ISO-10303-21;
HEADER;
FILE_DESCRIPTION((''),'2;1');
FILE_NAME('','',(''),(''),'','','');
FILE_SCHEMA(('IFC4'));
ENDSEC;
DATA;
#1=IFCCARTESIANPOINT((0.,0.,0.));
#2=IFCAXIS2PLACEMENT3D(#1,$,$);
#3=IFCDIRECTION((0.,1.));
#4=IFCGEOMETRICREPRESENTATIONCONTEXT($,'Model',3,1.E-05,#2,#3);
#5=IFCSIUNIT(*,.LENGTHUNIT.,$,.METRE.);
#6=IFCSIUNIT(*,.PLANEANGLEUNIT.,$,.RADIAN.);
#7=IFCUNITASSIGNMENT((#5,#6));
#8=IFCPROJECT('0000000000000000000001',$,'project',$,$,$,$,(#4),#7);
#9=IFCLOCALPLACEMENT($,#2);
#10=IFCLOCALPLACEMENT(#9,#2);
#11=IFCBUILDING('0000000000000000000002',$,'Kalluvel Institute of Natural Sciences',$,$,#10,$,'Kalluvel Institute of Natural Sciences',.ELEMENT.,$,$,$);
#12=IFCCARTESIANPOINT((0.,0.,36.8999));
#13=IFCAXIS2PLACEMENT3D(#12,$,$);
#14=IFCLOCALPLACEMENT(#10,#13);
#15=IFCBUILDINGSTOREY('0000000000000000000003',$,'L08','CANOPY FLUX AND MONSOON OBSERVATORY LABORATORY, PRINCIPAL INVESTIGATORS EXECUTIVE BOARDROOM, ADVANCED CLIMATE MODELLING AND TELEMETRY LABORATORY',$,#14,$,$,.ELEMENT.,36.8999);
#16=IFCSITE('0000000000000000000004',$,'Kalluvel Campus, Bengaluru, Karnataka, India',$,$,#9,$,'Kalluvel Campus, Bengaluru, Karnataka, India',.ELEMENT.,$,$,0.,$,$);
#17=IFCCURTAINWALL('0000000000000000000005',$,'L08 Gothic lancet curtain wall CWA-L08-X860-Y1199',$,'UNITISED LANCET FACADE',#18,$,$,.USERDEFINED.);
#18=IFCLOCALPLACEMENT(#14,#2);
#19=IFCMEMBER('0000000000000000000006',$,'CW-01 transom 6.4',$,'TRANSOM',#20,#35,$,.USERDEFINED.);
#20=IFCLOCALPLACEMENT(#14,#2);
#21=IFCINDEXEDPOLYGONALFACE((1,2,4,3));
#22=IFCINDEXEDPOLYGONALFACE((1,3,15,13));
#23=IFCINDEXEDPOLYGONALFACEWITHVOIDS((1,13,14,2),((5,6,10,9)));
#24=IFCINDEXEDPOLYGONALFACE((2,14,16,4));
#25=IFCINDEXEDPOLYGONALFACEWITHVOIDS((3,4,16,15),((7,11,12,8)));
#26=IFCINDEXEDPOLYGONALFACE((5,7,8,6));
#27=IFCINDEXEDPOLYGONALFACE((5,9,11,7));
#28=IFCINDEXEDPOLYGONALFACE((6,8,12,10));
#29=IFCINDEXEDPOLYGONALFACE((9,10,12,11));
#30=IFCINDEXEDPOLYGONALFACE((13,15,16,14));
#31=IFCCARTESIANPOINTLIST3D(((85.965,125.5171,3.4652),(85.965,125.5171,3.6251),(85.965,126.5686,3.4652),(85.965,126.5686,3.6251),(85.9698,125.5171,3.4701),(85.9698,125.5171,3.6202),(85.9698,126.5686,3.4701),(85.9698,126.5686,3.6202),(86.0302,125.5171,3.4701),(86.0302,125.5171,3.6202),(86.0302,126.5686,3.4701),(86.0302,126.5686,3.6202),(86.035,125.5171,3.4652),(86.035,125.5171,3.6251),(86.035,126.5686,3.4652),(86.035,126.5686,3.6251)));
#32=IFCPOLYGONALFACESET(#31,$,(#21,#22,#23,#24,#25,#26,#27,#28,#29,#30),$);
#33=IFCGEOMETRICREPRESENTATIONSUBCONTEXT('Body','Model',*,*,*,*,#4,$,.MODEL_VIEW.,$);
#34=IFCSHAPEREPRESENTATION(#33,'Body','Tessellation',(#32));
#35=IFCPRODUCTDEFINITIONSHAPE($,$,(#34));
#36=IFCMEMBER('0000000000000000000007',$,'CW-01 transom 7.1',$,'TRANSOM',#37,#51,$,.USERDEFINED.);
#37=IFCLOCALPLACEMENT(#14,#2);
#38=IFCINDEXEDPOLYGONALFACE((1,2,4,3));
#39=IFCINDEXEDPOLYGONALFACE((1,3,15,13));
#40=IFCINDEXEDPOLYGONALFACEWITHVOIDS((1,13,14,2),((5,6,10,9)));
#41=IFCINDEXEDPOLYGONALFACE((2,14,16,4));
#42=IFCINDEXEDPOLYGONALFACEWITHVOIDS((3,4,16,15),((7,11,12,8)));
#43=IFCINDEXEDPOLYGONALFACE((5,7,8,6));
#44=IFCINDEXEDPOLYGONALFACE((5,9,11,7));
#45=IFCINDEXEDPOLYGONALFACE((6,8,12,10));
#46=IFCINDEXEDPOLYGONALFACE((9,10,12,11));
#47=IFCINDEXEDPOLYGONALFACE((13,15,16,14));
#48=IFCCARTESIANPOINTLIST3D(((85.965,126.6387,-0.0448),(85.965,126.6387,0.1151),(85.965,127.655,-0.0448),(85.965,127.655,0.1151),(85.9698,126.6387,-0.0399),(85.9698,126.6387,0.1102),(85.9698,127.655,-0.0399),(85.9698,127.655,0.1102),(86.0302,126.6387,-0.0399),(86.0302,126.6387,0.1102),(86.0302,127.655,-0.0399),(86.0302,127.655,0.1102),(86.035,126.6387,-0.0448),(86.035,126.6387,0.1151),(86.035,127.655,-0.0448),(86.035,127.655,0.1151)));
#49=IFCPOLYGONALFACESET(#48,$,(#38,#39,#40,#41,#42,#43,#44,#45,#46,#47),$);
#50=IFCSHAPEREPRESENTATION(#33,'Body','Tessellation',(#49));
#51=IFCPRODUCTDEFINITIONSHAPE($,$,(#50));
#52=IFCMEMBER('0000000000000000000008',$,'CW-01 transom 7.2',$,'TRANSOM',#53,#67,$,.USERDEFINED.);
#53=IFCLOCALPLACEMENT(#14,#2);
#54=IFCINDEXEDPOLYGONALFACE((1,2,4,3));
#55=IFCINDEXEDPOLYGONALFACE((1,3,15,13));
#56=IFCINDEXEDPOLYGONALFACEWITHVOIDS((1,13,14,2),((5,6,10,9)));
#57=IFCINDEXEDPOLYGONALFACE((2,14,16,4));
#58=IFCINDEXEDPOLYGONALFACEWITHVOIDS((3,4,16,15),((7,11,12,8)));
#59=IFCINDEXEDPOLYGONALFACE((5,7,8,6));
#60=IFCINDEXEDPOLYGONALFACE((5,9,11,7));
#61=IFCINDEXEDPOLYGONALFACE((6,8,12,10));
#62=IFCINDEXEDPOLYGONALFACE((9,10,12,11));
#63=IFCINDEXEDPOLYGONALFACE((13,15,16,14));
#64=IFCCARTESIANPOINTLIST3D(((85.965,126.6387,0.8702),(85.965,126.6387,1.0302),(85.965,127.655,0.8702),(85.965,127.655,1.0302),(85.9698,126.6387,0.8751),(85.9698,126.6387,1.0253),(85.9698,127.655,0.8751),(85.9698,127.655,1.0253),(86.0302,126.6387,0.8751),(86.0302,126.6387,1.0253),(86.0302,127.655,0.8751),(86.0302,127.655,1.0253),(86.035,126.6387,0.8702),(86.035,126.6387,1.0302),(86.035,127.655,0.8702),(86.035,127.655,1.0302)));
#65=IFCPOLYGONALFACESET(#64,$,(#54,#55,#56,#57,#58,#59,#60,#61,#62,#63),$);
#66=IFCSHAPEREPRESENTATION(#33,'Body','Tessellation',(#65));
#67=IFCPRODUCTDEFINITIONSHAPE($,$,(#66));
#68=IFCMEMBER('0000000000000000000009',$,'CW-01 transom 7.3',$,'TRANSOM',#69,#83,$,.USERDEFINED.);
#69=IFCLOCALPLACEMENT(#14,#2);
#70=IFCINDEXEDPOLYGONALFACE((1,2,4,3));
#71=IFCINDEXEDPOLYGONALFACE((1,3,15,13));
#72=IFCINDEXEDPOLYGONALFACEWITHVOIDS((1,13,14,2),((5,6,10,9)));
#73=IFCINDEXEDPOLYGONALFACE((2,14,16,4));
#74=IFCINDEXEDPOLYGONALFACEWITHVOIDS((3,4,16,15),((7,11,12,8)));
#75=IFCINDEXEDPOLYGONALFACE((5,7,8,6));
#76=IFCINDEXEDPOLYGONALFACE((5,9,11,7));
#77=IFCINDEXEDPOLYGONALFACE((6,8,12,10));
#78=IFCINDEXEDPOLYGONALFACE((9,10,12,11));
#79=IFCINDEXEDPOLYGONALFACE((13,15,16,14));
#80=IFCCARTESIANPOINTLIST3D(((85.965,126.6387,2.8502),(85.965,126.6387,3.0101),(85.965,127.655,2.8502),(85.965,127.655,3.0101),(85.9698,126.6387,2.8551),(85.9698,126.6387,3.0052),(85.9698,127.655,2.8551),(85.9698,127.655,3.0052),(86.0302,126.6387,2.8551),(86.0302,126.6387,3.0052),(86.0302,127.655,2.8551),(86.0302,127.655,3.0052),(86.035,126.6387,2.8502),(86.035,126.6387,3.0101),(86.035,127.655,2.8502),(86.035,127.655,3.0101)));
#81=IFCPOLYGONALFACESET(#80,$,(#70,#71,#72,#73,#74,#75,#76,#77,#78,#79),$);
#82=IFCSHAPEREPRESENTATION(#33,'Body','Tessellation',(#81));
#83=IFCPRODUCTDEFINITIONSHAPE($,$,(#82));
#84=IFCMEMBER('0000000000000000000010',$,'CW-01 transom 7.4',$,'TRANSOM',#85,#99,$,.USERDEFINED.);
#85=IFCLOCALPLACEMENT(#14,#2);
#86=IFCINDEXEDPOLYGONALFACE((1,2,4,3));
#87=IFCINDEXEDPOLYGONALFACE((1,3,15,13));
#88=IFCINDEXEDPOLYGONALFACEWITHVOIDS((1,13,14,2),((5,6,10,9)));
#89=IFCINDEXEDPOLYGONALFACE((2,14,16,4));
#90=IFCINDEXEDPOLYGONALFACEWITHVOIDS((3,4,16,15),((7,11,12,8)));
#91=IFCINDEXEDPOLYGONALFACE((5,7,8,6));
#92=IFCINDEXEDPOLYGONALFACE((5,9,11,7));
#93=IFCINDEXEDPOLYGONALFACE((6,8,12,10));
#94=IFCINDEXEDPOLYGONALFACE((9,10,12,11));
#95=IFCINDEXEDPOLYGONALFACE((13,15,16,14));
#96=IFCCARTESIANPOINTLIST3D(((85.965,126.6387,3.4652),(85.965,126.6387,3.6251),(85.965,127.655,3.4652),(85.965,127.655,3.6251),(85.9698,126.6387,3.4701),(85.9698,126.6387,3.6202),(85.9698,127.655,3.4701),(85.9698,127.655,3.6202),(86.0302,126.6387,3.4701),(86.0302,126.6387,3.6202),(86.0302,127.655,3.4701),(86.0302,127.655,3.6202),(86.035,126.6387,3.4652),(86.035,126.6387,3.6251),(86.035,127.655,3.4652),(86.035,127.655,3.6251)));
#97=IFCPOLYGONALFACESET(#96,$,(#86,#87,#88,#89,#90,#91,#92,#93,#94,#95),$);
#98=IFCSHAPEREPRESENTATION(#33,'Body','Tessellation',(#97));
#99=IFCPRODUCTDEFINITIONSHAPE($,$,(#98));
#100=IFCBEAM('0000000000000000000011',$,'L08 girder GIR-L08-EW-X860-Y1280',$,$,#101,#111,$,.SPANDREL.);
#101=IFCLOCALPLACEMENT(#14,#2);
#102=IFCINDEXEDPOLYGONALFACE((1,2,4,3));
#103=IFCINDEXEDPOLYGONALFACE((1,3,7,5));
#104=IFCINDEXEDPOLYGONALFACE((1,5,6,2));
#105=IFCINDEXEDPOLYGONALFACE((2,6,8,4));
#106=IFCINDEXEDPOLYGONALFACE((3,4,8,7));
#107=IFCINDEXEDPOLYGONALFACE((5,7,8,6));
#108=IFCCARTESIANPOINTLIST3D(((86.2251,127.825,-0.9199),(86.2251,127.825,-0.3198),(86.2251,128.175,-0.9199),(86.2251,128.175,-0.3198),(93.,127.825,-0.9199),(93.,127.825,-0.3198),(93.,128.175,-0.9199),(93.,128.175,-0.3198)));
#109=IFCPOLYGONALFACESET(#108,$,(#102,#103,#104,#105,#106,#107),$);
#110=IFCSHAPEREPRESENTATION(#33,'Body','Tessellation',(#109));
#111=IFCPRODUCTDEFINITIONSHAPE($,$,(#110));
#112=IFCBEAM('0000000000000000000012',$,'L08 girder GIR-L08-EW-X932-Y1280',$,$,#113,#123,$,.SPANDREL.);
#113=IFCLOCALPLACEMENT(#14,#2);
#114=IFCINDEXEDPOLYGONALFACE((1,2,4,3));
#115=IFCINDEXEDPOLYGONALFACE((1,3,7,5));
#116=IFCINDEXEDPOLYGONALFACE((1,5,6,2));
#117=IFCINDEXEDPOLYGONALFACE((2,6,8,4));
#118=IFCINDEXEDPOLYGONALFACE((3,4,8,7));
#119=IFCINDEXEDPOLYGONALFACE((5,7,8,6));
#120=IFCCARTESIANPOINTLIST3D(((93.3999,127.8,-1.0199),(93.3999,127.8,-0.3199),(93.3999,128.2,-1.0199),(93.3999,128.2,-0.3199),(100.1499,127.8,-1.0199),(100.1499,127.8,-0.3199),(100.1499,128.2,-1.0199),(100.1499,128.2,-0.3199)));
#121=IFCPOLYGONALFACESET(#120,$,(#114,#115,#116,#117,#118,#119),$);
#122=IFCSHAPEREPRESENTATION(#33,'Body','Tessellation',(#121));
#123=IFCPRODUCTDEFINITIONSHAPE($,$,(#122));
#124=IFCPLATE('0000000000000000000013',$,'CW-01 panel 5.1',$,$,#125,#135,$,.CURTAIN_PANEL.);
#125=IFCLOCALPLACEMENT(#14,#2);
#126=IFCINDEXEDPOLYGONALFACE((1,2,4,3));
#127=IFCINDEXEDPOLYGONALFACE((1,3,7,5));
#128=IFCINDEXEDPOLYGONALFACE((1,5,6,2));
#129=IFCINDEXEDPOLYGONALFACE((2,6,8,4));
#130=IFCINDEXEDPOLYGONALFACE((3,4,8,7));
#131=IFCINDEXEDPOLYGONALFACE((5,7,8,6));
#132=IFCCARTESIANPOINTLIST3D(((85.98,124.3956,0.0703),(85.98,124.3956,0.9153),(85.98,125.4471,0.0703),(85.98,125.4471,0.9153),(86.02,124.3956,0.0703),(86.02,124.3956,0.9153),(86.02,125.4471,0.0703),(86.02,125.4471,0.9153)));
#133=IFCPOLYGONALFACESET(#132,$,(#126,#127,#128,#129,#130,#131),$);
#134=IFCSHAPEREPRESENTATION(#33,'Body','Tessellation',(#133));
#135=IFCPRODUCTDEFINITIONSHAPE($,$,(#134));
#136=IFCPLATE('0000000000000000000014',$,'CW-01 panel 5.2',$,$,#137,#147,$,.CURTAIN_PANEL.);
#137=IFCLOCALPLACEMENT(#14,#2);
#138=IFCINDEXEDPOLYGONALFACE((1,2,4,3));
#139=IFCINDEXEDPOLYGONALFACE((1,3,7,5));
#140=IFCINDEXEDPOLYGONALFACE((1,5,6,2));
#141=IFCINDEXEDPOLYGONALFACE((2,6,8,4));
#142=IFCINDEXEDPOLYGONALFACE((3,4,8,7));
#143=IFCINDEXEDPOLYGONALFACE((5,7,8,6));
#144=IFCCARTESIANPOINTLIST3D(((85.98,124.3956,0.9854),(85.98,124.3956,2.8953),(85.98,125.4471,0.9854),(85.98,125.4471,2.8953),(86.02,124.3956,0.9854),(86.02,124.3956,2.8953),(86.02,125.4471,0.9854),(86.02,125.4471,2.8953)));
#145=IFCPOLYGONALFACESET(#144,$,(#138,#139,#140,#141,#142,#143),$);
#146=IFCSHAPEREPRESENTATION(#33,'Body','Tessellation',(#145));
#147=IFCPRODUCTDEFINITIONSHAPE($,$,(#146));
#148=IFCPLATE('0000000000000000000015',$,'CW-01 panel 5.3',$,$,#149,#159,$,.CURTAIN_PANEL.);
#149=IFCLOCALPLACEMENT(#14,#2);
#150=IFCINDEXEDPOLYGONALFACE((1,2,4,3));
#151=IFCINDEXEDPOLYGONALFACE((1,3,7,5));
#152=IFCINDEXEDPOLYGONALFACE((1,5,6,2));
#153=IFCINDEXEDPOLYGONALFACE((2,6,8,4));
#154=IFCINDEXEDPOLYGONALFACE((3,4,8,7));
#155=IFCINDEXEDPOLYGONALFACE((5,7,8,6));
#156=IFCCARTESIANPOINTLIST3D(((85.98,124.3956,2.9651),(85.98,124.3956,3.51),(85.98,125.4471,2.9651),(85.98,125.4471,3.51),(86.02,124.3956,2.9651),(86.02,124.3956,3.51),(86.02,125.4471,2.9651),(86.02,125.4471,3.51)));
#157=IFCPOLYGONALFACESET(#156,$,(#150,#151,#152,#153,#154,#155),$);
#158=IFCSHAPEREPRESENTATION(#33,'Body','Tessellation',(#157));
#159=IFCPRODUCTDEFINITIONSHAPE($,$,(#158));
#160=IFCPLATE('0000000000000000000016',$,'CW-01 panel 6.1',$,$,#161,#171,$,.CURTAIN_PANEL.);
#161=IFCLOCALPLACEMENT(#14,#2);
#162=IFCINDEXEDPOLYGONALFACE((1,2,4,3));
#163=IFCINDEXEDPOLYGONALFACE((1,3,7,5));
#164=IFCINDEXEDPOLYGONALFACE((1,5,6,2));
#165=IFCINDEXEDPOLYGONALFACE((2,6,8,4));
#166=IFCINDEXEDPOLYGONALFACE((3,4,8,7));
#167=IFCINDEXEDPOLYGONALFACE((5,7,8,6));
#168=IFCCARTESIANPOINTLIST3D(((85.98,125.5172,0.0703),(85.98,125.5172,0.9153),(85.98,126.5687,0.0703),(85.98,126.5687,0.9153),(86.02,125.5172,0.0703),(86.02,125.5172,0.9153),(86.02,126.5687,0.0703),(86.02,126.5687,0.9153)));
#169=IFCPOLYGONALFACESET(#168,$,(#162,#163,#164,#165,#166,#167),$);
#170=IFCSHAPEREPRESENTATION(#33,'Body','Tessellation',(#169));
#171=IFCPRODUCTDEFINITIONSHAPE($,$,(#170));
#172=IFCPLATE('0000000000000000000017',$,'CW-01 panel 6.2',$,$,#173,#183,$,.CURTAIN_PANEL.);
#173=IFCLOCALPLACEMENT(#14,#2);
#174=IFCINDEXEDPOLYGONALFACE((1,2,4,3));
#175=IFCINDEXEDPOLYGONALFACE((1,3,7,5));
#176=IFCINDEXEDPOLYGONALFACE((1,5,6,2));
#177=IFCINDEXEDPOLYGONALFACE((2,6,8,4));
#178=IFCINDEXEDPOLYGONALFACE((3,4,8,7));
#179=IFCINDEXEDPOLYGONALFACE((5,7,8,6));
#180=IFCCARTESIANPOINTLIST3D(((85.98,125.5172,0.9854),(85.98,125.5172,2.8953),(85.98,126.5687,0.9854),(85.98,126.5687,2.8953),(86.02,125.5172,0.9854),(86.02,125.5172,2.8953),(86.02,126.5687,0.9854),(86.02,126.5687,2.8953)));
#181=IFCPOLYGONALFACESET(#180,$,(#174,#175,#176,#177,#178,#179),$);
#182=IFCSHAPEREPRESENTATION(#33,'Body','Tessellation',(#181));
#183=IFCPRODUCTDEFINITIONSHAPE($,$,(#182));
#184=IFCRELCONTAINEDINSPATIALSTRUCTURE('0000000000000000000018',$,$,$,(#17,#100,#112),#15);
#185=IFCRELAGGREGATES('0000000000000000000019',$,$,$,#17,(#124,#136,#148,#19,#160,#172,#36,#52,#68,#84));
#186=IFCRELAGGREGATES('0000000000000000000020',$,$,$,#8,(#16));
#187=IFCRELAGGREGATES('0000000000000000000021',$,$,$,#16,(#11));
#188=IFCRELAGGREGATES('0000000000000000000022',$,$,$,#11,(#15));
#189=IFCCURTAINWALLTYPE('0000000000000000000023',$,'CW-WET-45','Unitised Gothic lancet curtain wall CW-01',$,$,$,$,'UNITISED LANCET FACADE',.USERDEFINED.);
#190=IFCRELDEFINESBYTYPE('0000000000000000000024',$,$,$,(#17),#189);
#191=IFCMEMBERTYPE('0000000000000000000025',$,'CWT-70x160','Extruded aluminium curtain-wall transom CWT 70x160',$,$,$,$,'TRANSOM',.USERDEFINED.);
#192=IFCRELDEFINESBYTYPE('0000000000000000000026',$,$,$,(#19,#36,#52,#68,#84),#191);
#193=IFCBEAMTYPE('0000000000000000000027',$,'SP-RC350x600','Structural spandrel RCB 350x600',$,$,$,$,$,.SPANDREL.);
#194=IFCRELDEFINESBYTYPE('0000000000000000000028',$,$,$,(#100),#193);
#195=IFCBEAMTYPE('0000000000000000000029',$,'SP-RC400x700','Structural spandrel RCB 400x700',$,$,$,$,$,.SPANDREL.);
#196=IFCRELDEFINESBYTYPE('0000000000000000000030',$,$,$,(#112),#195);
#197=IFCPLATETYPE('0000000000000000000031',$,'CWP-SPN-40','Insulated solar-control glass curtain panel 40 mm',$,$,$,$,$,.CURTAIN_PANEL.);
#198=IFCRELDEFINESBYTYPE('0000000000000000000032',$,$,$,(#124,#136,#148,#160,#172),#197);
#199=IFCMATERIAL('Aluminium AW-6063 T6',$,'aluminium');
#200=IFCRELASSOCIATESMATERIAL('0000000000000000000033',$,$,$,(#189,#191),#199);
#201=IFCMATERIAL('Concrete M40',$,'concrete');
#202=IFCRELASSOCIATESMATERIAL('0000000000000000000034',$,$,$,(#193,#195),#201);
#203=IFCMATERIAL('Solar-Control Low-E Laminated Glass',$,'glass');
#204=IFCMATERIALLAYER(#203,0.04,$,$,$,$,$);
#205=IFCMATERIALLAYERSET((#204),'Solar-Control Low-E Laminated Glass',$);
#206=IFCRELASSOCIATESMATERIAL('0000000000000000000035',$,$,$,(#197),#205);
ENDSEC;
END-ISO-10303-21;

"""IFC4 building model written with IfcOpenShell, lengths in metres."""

from ifc_helpers import new_model, si_unit, direction, frame, origin, origin_2d, place, context, subcontext, project, spatial, rectangle, hollow_rectangle, extrude, material, layer, layer_set, material_profile, profile_set, type_object, element, aggregate, save


model = new_model("IFC4")

# Units and contexts
model_context = context("Model", 3, precision=1e-05, world=origin(), true_north=direction((0.0, 1.0)))
body_context = subcontext(model_context, "Body", "Model", "MODEL_VIEW")
ifc_project = project(units=[si_unit("LENGTHUNIT", "METRE"), si_unit("PLANEANGLEUNIT", "RADIAN")], contexts=[model_context])

# Site, building, storey
site_placement = place(None, origin())
site = spatial("IfcSite", under=ifc_project, at=site_placement, Name="Kalluvel Campus, Bengaluru, Karnataka, India", LongName="Kalluvel Campus, Bengaluru, Karnataka, India", CompositionType="ELEMENT", RefElevation=0.0)
building_placement = place(site_placement, origin())
building = spatial("IfcBuilding", under=site, at=building_placement, Name="Kalluvel Institute of Natural Sciences", LongName="Kalluvel Institute of Natural Sciences", CompositionType="ELEMENT")
storey_placement = place(building_placement, frame((0.0, 0.0, 36.8999)))
storey = spatial("IfcBuildingStorey", under=building, at=storey_placement, Name="L08", Description="CANOPY FLUX AND MONSOON OBSERVATORY LABORATORY, PRINCIPAL INVESTIGATORS EXECUTIVE BOARDROOM, ADVANCED CLIMATE MODELLING AND TELEMETRY LABORATORY", CompositionType="ELEMENT", Elevation=36.8999)

# Shared definitions
ifc_material_1 = material(Name="Concrete M40", Category="concrete")

# Curtain wall, members
ifc_material_2 = material(Name="Aluminium AW-6063 T6", Category="aluminium")
curtain_wall_type = type_object("IfcCurtainWallType", Name="CW-WET-45", Description="Unitised Gothic lancet curtain wall CW-01", ElementType="UNITISED LANCET FACADE", PredefinedType="USERDEFINED", material=ifc_material_2)
curtain_wall_placement = place(storey_placement, origin())
curtain_wall = element("IfcCurtainWall", 1, at=curtain_wall_placement, inside=storey, type_object=curtain_wall_type, Name="L08 Gothic lancet curtain wall CWA-L08-X860-Y1199", ObjectType="UNITISED LANCET FACADE", PredefinedType="USERDEFINED")
ifc_material_profile_1 = material_profile(ifc_material_2, hollow_rectangle(XDim=0.0701, YDim=0.1599, WallThickness=0.0049, at=origin_2d()), Name="CWT 70x160")
ifc_profile_set_1 = profile_set([ifc_material_profile_1], Name="Aluminium AW-6063 T6")
member_type_1 = type_object("IfcMemberType", Name="CWT-70x160", Description="Extruded aluminium curtain-wall transom CWT 70x160", ElementType="TRANSOM", PredefinedType="USERDEFINED", material=ifc_profile_set_1)
member_1_placement = place(storey_placement, frame((86.0, 125.5171, 3.5452), z_axis=(0.0, 1.0, 0.0), x_axis=(-1.0, 0.0, 0.0)))
member_1 = element("IfcMember", 2, at=member_1_placement, type_object=member_type_1, Name="CW-01 transom 6.4", ObjectType="TRANSOM", PredefinedType="USERDEFINED", context=body_context, shape_type="SweptSolid", body=[
    extrude(hollow_rectangle(XDim=0.0701, YDim=0.1599, WallThickness=0.0049, at=origin_2d()), origin(), (0.0, 0.0, 1.0), 1.0515),
])
member_2_placement = place(storey_placement, frame((86.0, 126.6387, 0.0352), z_axis=(0.0, 1.0, 0.0), x_axis=(-1.0, 0.0, 0.0)))
member_2 = element("IfcMember", 3, at=member_2_placement, type_object=member_type_1, Name="CW-01 transom 7.1", ObjectType="TRANSOM", PredefinedType="USERDEFINED", context=body_context, shape_type="SweptSolid", body=[
    extrude(hollow_rectangle(XDim=0.0701, YDim=0.1599, WallThickness=0.0049, at=origin_2d()), origin(), (0.0, 0.0, 1.0), 1.0164),
])
member_3_placement = place(storey_placement, frame((86.0, 126.6387, 0.9502), z_axis=(0.0, 1.0, 0.0), x_axis=(-1.0, 0.0, 0.0)))
member_3 = element("IfcMember", 4, at=member_3_placement, type_object=member_type_1, Name="CW-01 transom 7.2", ObjectType="TRANSOM", PredefinedType="USERDEFINED", context=body_context, shape_type="SweptSolid", body=[
    extrude(hollow_rectangle(XDim=0.0701, YDim=0.1599, WallThickness=0.0049, at=origin_2d()), origin(), (0.0, 0.0, 1.0), 1.0164),
])
member_4_placement = place(storey_placement, frame((86.0, 126.6387, 2.9302), z_axis=(0.0, 1.0, 0.0), x_axis=(-1.0, 0.0, 0.0)))
member_4 = element("IfcMember", 5, at=member_4_placement, type_object=member_type_1, Name="CW-01 transom 7.3", ObjectType="TRANSOM", PredefinedType="USERDEFINED", context=body_context, shape_type="SweptSolid", body=[
    extrude(hollow_rectangle(XDim=0.0701, YDim=0.1599, WallThickness=0.0049, at=origin_2d()), origin(), (0.0, 0.0, 1.0), 1.0164),
])
member_5_placement = place(storey_placement, frame((86.0, 126.6387, 3.5452), z_axis=(0.0, 1.0, 0.0), x_axis=(-1.0, 0.0, 0.0)))
member_5 = element("IfcMember", 6, at=member_5_placement, type_object=member_type_1, Name="CW-01 transom 7.4", ObjectType="TRANSOM", PredefinedType="USERDEFINED", context=body_context, shape_type="SweptSolid", body=[
    extrude(hollow_rectangle(XDim=0.0701, YDim=0.1599, WallThickness=0.0049, at=origin_2d()), origin(), (0.0, 0.0, 1.0), 1.0164),
])

# Beams
ifc_material_profile_2 = material_profile(ifc_material_1, rectangle(XDim=0.3501, YDim=0.6001, at=origin_2d()), Name="RCB 350x600")
ifc_profile_set_2 = profile_set([ifc_material_profile_2], Name="Concrete M40")
beam_type_1 = type_object("IfcBeamType", Name="SP-RC350x600", Description="Structural spandrel RCB 350x600", PredefinedType="SPANDREL", material=ifc_profile_set_2)
beam_1_placement = place(storey_placement, frame((86.2251, 128.0, -0.6199), z_axis=(1.0, 0.0, 0.0), x_axis=(0.0, 1.0, 0.0)))
element("IfcBeam", 7, at=beam_1_placement, inside=storey, type_object=beam_type_1, Name="L08 girder GIR-L08-EW-X860-Y1280", PredefinedType="SPANDREL", context=body_context, shape_type="SweptSolid", body=[
    extrude(rectangle(XDim=0.3501, YDim=0.6001, at=origin_2d()), origin(), (0.0, 0.0, 1.0), 6.7749),
])
ifc_material_profile_3 = material_profile(ifc_material_1, rectangle(XDim=0.3999, YDim=0.7, at=origin_2d()), Name="RCB 400x700")
ifc_profile_set_3 = profile_set([ifc_material_profile_3], Name="Concrete M40")
beam_type_2 = type_object("IfcBeamType", Name="SP-RC400x700", Description="Structural spandrel RCB 400x700", PredefinedType="SPANDREL", material=ifc_profile_set_3)
beam_2_placement = place(storey_placement, frame((93.3999, 128.0, -0.6699), z_axis=(1.0, 0.0, 0.0), x_axis=(0.0, 1.0, 0.0)))
element("IfcBeam", 8, at=beam_2_placement, inside=storey, type_object=beam_type_2, Name="L08 girder GIR-L08-EW-X932-Y1280", PredefinedType="SPANDREL", context=body_context, shape_type="SweptSolid", body=[
    extrude(rectangle(XDim=0.3999, YDim=0.7, at=origin_2d()), origin(), (0.0, 0.0, 1.0), 6.75),
])

# Plates
ifc_material_3 = material(Name="Solar-Control Low-E Laminated Glass", Category="glass")
ifc_layer = layer(ifc_material_3, 0.04)
ifc_layer_set = layer_set([ifc_layer], Name="Solar-Control Low-E Laminated Glass")
plate_type = type_object("IfcPlateType", Name="CWP-SPN-40", Description="Insulated solar-control glass curtain panel 40 mm", PredefinedType="CURTAIN_PANEL", material=ifc_layer_set)
plate_1_placement = place(storey_placement, frame((86.0, 124.9214, 0.0703), z_axis=(0.0, 0.0, 1.0), x_axis=(0.0, 1.0, 0.0)))
plate_1 = element("IfcPlate", 9, at=plate_1_placement, type_object=plate_type, Name="CW-01 panel 5.1", PredefinedType="CURTAIN_PANEL", context=body_context, shape_type="SweptSolid", body=[
    extrude(rectangle(XDim=1.0515, YDim=0.04, at=origin_2d()), origin(), (0.0, 0.0, 1.0), 0.845),
])
plate_2_placement = place(storey_placement, frame((86.0, 124.9214, 0.9854), z_axis=(0.0, 0.0, 1.0), x_axis=(0.0, 1.0, 0.0)))
plate_2 = element("IfcPlate", 10, at=plate_2_placement, type_object=plate_type, Name="CW-01 panel 5.2", PredefinedType="CURTAIN_PANEL", context=body_context, shape_type="SweptSolid", body=[
    extrude(rectangle(XDim=1.0515, YDim=0.04, at=origin_2d()), origin(), (0.0, 0.0, 1.0), 1.9099),
])
plate_3_placement = place(storey_placement, frame((86.0, 124.9214, 2.9651), z_axis=(0.0, 0.0, 1.0), x_axis=(0.0, 1.0, 0.0)))
plate_3 = element("IfcPlate", 11, at=plate_3_placement, type_object=plate_type, Name="CW-01 panel 5.3", PredefinedType="CURTAIN_PANEL", context=body_context, shape_type="SweptSolid", body=[
    extrude(rectangle(XDim=1.0515, YDim=0.04, at=origin_2d()), origin(), (0.0, 0.0, 1.0), 0.5449),
])
plate_4_placement = place(storey_placement, frame((86.0, 126.043, 0.0703), z_axis=(0.0, 0.0, 1.0), x_axis=(0.0, 1.0, 0.0)))
plate_4 = element("IfcPlate", 12, at=plate_4_placement, type_object=plate_type, Name="CW-01 panel 6.1", PredefinedType="CURTAIN_PANEL", context=body_context, shape_type="SweptSolid", body=[
    extrude(rectangle(XDim=1.0515, YDim=0.04, at=origin_2d()), origin(), (0.0, 0.0, 1.0), 0.845),
])
plate_5_placement = place(storey_placement, frame((86.0, 126.043, 0.9854), z_axis=(0.0, 0.0, 1.0), x_axis=(0.0, 1.0, 0.0)))
plate_5 = element("IfcPlate", 13, at=plate_5_placement, type_object=plate_type, Name="CW-01 panel 6.2", PredefinedType="CURTAIN_PANEL", context=body_context, shape_type="SweptSolid", body=[
    extrude(rectangle(XDim=1.0515, YDim=0.04, at=origin_2d()), origin(), (0.0, 0.0, 1.0), 1.9099),
])
aggregate(curtain_wall, [plate_1, plate_2, plate_3, member_1, plate_4, plate_5, member_2, member_3, member_4, member_5])

save(model, "model.ifc")
